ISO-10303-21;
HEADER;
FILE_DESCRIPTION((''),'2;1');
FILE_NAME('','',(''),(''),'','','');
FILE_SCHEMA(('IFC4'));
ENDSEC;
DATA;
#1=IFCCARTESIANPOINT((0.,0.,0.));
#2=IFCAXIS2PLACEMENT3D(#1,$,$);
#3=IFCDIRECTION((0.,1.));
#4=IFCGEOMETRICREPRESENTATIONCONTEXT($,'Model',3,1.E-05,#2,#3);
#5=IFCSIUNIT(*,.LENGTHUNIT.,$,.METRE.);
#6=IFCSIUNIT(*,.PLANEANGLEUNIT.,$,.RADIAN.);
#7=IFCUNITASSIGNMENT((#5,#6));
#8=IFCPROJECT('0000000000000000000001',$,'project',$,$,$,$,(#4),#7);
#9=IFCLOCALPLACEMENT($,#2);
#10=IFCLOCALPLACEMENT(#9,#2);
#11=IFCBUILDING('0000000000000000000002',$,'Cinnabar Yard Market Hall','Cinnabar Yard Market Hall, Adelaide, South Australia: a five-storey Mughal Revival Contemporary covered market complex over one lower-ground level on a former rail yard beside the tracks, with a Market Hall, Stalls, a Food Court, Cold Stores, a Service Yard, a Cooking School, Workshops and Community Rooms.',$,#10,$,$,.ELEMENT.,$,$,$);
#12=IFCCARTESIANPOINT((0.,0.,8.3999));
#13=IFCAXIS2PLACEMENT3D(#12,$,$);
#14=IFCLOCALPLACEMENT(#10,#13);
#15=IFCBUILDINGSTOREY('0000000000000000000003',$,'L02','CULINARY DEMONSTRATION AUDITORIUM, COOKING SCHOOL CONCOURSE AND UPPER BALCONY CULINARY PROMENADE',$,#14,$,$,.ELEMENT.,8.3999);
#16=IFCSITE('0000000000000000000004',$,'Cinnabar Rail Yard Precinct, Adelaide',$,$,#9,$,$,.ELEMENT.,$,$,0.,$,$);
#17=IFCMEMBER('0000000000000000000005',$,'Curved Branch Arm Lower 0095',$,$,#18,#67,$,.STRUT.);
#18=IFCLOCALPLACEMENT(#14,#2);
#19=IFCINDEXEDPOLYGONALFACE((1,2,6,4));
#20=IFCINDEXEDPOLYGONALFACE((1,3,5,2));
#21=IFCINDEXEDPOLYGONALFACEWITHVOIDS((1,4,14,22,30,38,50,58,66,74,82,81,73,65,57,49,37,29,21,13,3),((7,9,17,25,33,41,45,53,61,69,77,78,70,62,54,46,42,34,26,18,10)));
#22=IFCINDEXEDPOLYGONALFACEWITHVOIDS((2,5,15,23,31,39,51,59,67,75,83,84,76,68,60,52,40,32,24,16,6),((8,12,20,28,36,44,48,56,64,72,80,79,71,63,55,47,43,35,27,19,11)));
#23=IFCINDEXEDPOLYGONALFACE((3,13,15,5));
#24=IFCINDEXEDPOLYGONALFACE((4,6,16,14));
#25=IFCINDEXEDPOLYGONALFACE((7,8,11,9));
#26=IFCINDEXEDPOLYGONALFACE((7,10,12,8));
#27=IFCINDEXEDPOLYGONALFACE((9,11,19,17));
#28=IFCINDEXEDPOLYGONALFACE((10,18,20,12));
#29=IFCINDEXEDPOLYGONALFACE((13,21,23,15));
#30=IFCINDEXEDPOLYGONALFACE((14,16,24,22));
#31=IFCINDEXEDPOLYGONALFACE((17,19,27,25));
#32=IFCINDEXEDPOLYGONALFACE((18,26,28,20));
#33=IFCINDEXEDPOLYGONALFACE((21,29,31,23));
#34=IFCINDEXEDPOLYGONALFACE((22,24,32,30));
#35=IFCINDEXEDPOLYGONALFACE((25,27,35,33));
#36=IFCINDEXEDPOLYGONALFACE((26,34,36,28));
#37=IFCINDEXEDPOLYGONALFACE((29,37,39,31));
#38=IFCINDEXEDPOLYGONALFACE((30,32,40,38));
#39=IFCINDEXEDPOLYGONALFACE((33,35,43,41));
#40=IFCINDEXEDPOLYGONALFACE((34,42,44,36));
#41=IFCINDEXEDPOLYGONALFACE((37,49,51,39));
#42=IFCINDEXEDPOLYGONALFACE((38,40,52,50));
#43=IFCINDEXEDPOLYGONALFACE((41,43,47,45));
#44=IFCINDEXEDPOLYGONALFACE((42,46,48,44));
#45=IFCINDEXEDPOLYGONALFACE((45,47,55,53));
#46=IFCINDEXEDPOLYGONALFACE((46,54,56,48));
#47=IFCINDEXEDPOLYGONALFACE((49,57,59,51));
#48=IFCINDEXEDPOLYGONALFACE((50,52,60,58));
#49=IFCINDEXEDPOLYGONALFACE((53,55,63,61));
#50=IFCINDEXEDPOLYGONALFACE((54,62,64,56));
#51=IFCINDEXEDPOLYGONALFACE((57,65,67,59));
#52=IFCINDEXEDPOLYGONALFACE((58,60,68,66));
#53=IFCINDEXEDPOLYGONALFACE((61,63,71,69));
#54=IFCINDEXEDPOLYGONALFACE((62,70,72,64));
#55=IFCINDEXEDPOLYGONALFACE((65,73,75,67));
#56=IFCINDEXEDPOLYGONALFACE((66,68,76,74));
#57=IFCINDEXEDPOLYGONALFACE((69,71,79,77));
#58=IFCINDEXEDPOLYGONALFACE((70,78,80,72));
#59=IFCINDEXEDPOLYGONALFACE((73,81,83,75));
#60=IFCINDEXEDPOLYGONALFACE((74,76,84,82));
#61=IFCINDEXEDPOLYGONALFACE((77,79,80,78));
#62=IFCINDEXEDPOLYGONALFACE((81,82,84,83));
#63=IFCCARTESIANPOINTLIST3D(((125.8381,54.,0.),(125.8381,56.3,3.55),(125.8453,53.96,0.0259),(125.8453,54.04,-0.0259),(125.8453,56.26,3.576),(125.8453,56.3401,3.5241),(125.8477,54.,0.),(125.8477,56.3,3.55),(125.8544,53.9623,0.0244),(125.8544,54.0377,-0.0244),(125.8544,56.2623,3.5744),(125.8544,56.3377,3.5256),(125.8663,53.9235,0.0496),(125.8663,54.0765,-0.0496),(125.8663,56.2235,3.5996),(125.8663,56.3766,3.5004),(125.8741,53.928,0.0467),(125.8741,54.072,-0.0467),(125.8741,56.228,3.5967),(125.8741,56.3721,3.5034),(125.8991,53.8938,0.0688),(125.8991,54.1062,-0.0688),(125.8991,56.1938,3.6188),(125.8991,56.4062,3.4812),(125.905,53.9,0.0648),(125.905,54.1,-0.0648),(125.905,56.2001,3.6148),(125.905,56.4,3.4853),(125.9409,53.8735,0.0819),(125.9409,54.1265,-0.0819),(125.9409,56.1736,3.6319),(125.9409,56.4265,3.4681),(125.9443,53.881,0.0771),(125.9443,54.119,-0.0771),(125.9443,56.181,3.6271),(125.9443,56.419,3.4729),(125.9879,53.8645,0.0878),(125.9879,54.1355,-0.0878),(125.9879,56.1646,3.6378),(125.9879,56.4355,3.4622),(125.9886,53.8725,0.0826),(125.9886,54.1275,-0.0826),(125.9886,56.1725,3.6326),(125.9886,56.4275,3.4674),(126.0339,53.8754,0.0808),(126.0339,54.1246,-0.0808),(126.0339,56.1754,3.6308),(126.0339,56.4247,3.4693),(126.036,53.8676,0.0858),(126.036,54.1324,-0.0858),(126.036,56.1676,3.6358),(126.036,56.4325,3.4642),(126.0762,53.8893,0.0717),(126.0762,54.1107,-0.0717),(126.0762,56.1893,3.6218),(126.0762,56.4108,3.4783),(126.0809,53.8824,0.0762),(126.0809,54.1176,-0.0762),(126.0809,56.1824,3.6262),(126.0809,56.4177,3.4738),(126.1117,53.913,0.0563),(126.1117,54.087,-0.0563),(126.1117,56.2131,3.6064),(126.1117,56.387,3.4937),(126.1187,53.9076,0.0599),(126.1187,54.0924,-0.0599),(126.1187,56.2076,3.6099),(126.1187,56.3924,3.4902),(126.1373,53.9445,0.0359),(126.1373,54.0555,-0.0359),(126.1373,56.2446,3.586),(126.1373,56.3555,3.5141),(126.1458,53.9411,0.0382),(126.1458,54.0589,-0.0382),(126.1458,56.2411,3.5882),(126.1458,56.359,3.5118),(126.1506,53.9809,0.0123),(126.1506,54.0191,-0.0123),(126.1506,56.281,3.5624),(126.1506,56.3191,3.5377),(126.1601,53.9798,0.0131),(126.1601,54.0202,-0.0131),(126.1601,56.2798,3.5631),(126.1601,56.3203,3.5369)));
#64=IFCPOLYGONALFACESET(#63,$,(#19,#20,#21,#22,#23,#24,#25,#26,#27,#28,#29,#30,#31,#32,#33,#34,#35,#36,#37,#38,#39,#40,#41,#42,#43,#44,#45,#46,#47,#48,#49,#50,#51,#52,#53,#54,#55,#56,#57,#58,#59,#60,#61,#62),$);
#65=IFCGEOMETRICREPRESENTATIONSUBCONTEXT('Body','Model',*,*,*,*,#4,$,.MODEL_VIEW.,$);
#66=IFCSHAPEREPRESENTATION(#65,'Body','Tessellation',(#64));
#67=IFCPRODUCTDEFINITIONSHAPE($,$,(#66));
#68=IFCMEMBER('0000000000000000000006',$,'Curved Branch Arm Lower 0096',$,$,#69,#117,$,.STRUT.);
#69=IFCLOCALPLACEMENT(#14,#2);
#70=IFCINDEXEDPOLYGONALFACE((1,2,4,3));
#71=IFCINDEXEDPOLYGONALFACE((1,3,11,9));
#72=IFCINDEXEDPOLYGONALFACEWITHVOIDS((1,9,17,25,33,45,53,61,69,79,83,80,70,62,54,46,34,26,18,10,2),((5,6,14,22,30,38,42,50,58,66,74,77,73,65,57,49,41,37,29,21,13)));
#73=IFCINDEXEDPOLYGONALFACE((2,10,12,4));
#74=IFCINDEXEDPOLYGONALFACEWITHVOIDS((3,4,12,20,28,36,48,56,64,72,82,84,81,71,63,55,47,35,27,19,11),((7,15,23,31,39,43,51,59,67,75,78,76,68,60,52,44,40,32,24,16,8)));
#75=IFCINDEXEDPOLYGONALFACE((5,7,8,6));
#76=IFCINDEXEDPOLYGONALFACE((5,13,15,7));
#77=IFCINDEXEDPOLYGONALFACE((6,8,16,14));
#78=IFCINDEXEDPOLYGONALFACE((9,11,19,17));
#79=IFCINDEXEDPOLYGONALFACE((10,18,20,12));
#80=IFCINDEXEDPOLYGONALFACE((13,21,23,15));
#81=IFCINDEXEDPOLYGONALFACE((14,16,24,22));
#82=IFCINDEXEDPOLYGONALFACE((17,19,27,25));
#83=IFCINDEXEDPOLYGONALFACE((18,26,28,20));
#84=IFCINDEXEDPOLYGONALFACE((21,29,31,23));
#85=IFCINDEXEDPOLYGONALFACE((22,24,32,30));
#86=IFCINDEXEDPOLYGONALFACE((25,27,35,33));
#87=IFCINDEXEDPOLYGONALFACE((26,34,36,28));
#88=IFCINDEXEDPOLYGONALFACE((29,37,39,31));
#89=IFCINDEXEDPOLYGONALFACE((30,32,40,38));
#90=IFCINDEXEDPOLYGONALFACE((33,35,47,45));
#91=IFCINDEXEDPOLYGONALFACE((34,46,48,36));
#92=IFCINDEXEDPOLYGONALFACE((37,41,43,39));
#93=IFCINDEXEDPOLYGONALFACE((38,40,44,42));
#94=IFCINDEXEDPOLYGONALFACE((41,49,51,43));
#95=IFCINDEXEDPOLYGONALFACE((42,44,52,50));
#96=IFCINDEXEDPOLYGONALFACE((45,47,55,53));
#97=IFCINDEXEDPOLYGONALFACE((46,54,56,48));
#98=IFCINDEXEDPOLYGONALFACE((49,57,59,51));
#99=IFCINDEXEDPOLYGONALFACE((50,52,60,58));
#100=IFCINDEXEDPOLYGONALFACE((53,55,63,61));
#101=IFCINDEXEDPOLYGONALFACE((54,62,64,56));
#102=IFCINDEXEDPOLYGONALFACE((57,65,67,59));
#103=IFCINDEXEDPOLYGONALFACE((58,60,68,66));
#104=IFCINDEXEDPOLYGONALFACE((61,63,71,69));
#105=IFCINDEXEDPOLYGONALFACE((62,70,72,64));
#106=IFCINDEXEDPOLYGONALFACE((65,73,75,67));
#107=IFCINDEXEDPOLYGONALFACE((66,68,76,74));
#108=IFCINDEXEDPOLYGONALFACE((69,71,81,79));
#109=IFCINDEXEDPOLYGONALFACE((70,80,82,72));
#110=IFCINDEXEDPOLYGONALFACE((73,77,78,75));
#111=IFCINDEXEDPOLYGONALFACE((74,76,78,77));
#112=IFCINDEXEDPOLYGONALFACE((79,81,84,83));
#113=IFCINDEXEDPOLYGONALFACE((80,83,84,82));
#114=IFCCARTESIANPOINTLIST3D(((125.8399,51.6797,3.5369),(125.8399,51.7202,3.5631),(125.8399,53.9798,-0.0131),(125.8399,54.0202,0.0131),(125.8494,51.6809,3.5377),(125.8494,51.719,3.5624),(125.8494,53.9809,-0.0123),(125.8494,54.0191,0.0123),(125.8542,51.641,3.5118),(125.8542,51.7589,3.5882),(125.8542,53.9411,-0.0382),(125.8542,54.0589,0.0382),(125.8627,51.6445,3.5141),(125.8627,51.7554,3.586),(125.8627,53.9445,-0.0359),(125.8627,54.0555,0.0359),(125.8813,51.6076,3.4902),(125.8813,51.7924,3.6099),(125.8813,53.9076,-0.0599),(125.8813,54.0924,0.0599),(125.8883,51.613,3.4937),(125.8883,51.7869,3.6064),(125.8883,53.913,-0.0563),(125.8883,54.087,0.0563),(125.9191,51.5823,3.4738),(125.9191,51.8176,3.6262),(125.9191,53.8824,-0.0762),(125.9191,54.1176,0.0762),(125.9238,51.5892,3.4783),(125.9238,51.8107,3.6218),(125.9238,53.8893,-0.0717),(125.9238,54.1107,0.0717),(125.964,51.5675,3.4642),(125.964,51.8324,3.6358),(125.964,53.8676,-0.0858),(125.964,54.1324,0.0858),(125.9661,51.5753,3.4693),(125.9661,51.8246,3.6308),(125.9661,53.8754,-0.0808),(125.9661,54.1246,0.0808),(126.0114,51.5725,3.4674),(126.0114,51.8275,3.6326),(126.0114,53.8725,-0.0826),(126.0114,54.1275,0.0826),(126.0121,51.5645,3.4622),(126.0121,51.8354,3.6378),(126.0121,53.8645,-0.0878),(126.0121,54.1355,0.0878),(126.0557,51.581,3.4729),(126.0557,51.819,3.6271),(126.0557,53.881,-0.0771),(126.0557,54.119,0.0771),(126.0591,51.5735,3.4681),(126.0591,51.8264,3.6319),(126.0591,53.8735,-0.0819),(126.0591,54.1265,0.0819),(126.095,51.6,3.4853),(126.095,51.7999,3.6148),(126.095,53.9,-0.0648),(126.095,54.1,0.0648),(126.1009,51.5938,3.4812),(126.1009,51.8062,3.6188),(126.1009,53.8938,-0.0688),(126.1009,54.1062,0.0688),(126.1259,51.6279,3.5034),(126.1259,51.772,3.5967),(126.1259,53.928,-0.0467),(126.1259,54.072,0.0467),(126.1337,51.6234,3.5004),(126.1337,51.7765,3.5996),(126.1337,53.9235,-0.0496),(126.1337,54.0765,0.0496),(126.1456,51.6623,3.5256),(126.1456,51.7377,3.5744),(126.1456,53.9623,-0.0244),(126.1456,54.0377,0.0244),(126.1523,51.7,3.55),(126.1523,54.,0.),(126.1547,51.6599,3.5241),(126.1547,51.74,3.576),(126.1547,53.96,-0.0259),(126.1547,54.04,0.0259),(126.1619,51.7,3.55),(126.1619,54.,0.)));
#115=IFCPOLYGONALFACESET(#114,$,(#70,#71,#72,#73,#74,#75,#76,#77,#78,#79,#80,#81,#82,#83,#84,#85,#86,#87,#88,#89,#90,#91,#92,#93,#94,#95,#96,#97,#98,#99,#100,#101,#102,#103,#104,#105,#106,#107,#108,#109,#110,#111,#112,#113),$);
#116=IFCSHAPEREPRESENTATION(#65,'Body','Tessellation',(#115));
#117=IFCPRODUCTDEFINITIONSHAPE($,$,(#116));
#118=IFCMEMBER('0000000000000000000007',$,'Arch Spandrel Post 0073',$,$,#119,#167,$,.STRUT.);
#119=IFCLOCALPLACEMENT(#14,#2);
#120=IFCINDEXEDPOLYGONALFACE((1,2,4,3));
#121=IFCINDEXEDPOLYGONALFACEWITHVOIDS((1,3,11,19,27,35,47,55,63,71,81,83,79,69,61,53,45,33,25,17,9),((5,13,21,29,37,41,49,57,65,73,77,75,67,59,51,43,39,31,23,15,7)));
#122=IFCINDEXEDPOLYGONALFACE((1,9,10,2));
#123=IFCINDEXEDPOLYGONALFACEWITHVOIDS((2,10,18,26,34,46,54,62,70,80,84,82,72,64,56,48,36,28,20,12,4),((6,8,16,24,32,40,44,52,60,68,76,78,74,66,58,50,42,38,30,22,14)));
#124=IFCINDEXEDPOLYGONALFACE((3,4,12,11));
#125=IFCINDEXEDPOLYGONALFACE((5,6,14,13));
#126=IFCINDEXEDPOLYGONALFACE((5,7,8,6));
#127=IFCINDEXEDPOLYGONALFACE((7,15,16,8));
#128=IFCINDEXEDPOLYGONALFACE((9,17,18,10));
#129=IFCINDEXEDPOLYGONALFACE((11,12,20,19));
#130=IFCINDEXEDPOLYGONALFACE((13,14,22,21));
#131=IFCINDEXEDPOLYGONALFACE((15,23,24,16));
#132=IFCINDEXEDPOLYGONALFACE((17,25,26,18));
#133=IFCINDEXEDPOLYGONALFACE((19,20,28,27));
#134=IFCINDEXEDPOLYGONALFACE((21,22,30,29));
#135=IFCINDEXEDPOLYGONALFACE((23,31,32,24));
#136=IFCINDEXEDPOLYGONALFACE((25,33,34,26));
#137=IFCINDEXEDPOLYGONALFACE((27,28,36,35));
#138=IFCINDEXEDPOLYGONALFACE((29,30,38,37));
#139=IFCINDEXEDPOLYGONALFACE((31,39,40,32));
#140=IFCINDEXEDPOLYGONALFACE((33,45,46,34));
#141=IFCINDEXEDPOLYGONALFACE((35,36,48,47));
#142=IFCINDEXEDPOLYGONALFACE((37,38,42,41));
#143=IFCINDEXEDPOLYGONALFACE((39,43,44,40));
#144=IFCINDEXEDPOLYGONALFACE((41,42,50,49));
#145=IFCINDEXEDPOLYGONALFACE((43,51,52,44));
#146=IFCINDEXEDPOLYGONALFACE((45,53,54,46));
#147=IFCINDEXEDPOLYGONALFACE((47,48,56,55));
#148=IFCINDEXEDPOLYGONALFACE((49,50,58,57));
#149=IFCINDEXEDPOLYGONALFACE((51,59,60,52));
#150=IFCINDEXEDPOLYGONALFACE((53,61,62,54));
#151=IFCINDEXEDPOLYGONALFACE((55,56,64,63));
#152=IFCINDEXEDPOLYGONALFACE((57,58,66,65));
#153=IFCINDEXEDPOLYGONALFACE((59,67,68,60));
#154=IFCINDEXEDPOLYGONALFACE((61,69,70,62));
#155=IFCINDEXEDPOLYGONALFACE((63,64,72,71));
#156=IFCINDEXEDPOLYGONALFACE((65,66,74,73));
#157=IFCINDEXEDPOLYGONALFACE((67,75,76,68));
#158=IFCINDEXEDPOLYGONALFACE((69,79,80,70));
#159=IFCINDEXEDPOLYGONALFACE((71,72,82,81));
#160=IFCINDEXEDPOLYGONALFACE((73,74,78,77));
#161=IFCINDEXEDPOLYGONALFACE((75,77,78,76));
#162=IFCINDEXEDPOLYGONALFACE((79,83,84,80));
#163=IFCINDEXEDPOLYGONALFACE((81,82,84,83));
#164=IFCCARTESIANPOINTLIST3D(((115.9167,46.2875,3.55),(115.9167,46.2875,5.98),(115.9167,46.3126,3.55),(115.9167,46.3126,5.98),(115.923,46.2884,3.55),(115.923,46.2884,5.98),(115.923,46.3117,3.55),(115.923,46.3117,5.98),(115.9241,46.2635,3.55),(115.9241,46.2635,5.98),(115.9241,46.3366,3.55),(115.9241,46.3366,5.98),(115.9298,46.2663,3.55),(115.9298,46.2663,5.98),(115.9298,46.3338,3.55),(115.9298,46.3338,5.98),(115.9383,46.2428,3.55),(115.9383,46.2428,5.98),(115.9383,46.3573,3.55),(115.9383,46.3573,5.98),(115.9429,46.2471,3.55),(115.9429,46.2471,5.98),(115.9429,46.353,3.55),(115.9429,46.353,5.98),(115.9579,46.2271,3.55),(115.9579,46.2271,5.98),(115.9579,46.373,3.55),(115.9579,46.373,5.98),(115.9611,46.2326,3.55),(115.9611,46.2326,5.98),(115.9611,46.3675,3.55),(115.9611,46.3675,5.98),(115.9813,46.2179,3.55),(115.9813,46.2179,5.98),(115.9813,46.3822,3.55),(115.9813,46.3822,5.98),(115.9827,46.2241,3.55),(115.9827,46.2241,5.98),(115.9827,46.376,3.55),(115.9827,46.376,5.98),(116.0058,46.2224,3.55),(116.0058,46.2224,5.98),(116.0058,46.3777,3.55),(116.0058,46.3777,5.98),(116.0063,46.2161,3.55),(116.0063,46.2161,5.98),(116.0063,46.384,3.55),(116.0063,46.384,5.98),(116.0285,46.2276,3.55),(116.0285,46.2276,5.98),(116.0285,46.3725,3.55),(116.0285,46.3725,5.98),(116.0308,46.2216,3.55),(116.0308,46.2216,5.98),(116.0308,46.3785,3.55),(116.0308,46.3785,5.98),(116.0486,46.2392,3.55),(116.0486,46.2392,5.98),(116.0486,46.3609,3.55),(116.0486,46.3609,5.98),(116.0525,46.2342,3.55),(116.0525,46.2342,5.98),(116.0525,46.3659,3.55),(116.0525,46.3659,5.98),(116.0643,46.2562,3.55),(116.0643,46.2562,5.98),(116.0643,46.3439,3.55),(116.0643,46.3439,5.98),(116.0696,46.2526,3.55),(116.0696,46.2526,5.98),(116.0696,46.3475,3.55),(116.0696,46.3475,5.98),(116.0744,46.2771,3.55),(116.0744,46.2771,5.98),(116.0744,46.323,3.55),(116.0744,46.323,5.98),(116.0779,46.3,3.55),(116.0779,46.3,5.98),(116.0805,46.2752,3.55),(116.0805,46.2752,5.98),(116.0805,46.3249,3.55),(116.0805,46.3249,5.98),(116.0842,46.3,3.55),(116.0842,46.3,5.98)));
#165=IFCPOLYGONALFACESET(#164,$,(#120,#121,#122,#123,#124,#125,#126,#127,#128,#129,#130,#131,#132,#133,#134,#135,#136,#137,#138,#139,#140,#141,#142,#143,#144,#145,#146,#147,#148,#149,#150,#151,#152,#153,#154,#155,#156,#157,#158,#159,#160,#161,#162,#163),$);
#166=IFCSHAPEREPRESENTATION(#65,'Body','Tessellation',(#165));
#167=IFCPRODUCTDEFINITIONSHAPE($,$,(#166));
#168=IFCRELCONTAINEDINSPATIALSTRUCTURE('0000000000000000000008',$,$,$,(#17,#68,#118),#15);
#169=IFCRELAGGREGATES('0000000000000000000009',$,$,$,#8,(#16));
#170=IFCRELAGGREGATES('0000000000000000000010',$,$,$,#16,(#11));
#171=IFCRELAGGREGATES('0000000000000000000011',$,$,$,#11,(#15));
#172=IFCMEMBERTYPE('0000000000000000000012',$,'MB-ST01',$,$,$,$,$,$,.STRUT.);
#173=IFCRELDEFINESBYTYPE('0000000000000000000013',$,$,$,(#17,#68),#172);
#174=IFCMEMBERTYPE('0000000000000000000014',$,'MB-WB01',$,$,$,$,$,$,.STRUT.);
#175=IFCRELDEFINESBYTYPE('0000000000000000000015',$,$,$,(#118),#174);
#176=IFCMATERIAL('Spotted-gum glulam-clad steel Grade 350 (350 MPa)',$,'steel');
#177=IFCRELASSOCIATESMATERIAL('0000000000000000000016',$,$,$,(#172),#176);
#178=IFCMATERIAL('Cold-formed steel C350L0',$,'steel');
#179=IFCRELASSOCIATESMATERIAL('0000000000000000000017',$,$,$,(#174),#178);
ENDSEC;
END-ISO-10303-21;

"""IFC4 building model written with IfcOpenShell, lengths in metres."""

from ifc_helpers import new_model, si_unit, direction, frame, origin, origin_2d_with_axis, place, context, subcontext, project, spatial, hollow_circle, extrude, material, material_profile, profile_set, type_object, element, save


model = new_model("IFC4")

# Units and contexts
model_context = context("Model", 3, precision=1e-05, world=origin(), true_north=direction((0.0, 1.0)))
body_context = subcontext(model_context, "Body", "Model", "MODEL_VIEW")
ifc_project = project(units=[si_unit("LENGTHUNIT", "METRE"), si_unit("PLANEANGLEUNIT", "RADIAN")], contexts=[model_context])

# Site, building, storey
site_placement = place(None, origin())
site = spatial("IfcSite", under=ifc_project, at=site_placement, Name="Cinnabar Rail Yard Precinct, Adelaide", CompositionType="ELEMENT", RefElevation=0.0)
building_placement = place(site_placement, origin())
building = spatial("IfcBuilding", under=site, at=building_placement, Name="Cinnabar Yard Market Hall", Description="Cinnabar Yard Market Hall, Adelaide, South Australia: a five-storey Mughal Revival Contemporary covered market complex over one lower-ground level on a former rail yard beside the tracks, with a Market Hall, Stalls, a Food Court, Cold Stores, a Service Yard, a Cooking School, Workshops and Community Rooms.", CompositionType="ELEMENT")
storey_placement = place(building_placement, frame((0.0, 0.0, 8.3999)))
storey = spatial("IfcBuildingStorey", under=building, at=storey_placement, Name="L02", Description="CULINARY DEMONSTRATION AUDITORIUM, COOKING SCHOOL CONCOURSE AND UPPER BALCONY CULINARY PROMENADE", CompositionType="ELEMENT", Elevation=8.3999)

# Shared definitions
ifc_material_1 = material(Name="Spotted-gum glulam-clad steel Grade 350 (350 MPa)", Category="steel")

# Members
ifc_material_profile_1 = material_profile(ifc_material_1, hollow_circle(Radius=0.1619, WallThickness=0.0095, at=origin_2d_with_axis()), Name="323.9x9.5CHS")
ifc_profile_set_1 = profile_set([ifc_material_profile_1], Name="Spotted-gum glulam-clad steel Grade 350 (350 MPa)")
member_type_1 = type_object("IfcMemberType", Name="MB-ST01", PredefinedType="STRUT", material=ifc_profile_set_1)
for number, where, z_axis, x_axis, name in (
    (1, (126.0, 54.0, 0.0), (0.0, 0.543744, 0.839251), (-1.0, 0.0, 0.0), "Curved Branch Arm Lower 0095"),
    (2, (126.0, 54.0, 0.0), (0.0, -0.543744, 0.839251), (1.0, 0.0, 0.0), "Curved Branch Arm Lower 0096"),
):
    element("IfcMember", number, at=place(storey_placement, frame(where, z_axis=z_axis, x_axis=x_axis)), inside=storey, type_object=member_type_1, Name=name, PredefinedType="STRUT", context=body_context, shape_type="SweptSolid", body=[
        extrude(hollow_circle(Radius=0.1619, WallThickness=0.0095, at=origin_2d_with_axis()), origin(), (0.0, 0.0, 1.0), 4.23),
    ])
ifc_material_2 = material(Name="Cold-formed steel C350L0", Category="steel")
ifc_material_profile_2 = material_profile(ifc_material_2, hollow_circle(Radius=0.0842, WallThickness=0.0063, at=origin_2d_with_axis()), Name="168.3x6.4CHS")
ifc_profile_set_2 = profile_set([ifc_material_profile_2], Name="Cold-formed steel C350L0")
member_type_2 = type_object("IfcMemberType", Name="MB-WB01", PredefinedType="STRUT", material=ifc_profile_set_2)
for number, where, z_axis, x_axis, name in (
    (3, (116.0, 46.3, 3.55), (0.0, 0.0, 1.0), (1.0, 0.0, 0.0), "Arch Spandrel Post 0073"),
):
    element("IfcMember", number, at=place(storey_placement, frame(where, z_axis=z_axis, x_axis=x_axis)), inside=storey, type_object=member_type_2, Name=name, PredefinedType="STRUT", context=body_context, shape_type="SweptSolid", body=[
        extrude(hollow_circle(Radius=0.0842, WallThickness=0.0063, at=origin_2d_with_axis()), origin(), (0.0, 0.0, 1.0), 2.4299),
    ])

save(model, "model.ifc")
